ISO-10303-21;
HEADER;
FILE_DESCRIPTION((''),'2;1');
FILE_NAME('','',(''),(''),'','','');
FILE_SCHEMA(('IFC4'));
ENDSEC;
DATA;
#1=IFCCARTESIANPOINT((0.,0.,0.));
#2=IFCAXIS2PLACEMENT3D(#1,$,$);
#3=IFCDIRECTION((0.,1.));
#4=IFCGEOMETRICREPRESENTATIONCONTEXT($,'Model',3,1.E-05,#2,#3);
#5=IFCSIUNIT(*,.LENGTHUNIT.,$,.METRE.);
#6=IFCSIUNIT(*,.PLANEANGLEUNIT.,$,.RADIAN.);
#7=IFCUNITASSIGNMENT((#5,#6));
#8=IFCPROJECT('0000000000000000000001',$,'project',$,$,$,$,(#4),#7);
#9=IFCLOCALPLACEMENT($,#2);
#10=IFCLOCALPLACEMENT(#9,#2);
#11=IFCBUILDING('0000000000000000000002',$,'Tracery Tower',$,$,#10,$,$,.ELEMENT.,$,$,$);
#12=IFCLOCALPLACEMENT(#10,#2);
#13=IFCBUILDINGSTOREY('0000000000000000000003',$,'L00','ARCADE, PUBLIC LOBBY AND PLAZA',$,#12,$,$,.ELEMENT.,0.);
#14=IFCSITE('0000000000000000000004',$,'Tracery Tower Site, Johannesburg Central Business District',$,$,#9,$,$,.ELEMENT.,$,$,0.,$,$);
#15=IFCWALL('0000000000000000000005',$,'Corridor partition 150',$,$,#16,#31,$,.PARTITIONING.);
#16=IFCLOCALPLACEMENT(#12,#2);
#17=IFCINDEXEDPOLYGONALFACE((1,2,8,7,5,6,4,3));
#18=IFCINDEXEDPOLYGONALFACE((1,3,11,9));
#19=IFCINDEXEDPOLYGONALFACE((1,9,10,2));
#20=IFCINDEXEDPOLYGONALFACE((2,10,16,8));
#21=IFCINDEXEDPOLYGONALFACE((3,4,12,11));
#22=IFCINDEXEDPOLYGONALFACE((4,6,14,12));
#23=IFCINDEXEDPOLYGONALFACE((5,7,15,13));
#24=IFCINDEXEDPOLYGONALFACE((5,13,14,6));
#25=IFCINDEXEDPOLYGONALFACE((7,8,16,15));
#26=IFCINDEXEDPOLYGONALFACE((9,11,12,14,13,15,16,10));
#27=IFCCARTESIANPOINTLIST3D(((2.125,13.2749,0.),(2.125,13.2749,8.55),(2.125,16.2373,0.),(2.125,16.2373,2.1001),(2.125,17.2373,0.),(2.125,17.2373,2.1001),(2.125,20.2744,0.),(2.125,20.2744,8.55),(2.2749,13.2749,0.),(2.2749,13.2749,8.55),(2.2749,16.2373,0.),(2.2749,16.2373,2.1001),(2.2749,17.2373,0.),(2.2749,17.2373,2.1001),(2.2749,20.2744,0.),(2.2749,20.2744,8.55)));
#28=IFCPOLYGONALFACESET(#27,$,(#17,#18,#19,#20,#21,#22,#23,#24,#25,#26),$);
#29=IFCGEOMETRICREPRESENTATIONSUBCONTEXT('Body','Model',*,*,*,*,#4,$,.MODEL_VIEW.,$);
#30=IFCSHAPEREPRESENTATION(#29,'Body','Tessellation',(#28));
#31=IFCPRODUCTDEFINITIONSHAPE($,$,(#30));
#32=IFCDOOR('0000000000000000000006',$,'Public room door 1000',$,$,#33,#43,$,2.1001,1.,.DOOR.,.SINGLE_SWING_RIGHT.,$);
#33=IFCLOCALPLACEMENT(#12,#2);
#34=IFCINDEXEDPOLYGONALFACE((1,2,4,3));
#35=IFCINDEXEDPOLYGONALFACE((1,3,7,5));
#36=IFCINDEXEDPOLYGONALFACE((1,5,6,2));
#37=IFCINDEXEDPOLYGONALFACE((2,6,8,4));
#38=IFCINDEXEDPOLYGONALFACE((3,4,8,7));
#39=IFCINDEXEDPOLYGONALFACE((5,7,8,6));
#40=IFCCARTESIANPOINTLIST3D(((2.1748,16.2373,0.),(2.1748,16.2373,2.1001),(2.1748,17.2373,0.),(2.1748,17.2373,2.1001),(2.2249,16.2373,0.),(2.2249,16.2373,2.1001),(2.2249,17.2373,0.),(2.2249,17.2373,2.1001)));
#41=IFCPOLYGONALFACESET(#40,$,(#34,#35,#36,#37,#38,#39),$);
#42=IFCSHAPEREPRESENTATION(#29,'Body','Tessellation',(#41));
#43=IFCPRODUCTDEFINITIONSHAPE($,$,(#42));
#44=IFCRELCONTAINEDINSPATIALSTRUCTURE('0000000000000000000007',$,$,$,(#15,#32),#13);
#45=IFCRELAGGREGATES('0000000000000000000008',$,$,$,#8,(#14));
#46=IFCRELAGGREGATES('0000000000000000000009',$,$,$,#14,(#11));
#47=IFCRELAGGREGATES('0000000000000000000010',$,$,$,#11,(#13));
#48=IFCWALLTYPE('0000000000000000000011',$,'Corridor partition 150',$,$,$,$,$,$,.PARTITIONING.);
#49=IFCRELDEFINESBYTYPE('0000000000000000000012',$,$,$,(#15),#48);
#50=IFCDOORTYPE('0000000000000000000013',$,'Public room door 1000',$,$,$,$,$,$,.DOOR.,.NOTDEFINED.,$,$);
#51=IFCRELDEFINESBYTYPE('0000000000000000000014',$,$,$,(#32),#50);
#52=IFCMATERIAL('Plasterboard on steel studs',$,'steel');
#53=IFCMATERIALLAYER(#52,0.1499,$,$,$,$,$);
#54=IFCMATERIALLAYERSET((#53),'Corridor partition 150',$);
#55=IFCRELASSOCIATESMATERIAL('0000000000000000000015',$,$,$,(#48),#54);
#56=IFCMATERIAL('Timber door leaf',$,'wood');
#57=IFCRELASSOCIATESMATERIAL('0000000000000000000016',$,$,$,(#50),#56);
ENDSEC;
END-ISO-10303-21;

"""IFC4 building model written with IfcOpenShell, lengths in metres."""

from ifc_helpers import new_model, si_unit, direction, frame, frame_2d, origin, place, context, subcontext, project, spatial, rectangle, extrude, material, layer, layer_set, type_object, element, fill, save


model = new_model("IFC4")

# Units and contexts
model_context = context("Model", 3, precision=1e-05, world=origin(), true_north=direction((0.0, 1.0)))
body_context = subcontext(model_context, "Body", "Model", "MODEL_VIEW")
ifc_project = project(units=[si_unit("LENGTHUNIT", "METRE"), si_unit("PLANEANGLEUNIT", "RADIAN")], contexts=[model_context])

# Site, building, storey
site_placement = place(None, origin())
site = spatial("IfcSite", under=ifc_project, at=site_placement, Name="Tracery Tower Site, Johannesburg Central Business District", CompositionType="ELEMENT", RefElevation=0.0)
building_placement = place(site_placement, origin())
building = spatial("IfcBuilding", under=site, at=building_placement, Name="Tracery Tower", CompositionType="ELEMENT")
storey_placement = place(building_placement, origin())
storey = spatial("IfcBuildingStorey", under=building, at=storey_placement, Name="L00", Description="ARCADE, PUBLIC LOBBY AND PLAZA", CompositionType="ELEMENT", Elevation=0.0)

# Wall, opening, door
ifc_material_1 = material(Name="Plasterboard on steel studs", Category="steel")
ifc_layer_1 = layer(ifc_material_1, 0.1499)
ifc_layer_set_1 = layer_set([ifc_layer_1], Name="Corridor partition 150")
wall_type_1 = type_object("IfcWallType", Name="Corridor partition 150", PredefinedType="PARTITIONING", material=ifc_layer_set_1)
wall_1_placement = place(storey_placement, frame((2.2, 20.2744, 0.0), z_axis=(0.0, 0.0, 1.0), x_axis=(0.0, -1.0, 0.0)))
wall_1 = element("IfcWall", 1, at=wall_1_placement, inside=storey, type_object=wall_type_1, Name="Corridor partition 150", PredefinedType="PARTITIONING", context=body_context, shape_type="SweptSolid", body=[
    extrude(rectangle(XDim=6.9995, YDim=0.1499, at=frame_2d((3.4998, 0.0))), origin(), (0.0, 0.0, 1.0), 8.55),
])
opening_1_placement = place(wall_1_placement, frame((3.0371, 0.0, 0.0)))
opening_1 = element("IfcOpeningElement", 2, at=opening_1_placement, cuts=wall_1, PredefinedType="OPENING", context=body_context, shape_type="SweptSolid", body=[
    extrude(rectangle(XDim=1.0, YDim=2.1001, at=frame_2d((0.5, 1.05))), frame((0.0, 0.075, 0.0), z_axis=(0.0, -1.0, 0.0), x_axis=(1.0, 0.0, 0.0)), (0.0, 0.0, 1.0), 0.1499),
])
ifc_material_2 = material(Name="Timber door leaf", Category="wood")
door_type_1 = type_object("IfcDoorType", Name="Public room door 1000", OperationType="NOTDEFINED", PredefinedType="DOOR", material=ifc_material_2)
door_1_placement = place(opening_1_placement, origin())
door_1 = element("IfcDoor", 3, at=door_1_placement, inside=storey, type_object=door_type_1, Name="Public room door 1000", OperationType="SINGLE_SWING_RIGHT", OverallHeight=2.1001, OverallWidth=1.0, PredefinedType="DOOR", context=body_context, shape_type="SweptSolid", body=[
    extrude(rectangle(XDim=1.0, YDim=2.1001, at=frame_2d((0.5, 1.05))), frame((0.0, 0.0249, 0.0), z_axis=(0.0, -1.0, 0.0), x_axis=(1.0, 0.0, 0.0)), (0.0, 0.0, 1.0), 0.05),
])
fill(opening_1, door_1)

save(model, "model.ifc")
